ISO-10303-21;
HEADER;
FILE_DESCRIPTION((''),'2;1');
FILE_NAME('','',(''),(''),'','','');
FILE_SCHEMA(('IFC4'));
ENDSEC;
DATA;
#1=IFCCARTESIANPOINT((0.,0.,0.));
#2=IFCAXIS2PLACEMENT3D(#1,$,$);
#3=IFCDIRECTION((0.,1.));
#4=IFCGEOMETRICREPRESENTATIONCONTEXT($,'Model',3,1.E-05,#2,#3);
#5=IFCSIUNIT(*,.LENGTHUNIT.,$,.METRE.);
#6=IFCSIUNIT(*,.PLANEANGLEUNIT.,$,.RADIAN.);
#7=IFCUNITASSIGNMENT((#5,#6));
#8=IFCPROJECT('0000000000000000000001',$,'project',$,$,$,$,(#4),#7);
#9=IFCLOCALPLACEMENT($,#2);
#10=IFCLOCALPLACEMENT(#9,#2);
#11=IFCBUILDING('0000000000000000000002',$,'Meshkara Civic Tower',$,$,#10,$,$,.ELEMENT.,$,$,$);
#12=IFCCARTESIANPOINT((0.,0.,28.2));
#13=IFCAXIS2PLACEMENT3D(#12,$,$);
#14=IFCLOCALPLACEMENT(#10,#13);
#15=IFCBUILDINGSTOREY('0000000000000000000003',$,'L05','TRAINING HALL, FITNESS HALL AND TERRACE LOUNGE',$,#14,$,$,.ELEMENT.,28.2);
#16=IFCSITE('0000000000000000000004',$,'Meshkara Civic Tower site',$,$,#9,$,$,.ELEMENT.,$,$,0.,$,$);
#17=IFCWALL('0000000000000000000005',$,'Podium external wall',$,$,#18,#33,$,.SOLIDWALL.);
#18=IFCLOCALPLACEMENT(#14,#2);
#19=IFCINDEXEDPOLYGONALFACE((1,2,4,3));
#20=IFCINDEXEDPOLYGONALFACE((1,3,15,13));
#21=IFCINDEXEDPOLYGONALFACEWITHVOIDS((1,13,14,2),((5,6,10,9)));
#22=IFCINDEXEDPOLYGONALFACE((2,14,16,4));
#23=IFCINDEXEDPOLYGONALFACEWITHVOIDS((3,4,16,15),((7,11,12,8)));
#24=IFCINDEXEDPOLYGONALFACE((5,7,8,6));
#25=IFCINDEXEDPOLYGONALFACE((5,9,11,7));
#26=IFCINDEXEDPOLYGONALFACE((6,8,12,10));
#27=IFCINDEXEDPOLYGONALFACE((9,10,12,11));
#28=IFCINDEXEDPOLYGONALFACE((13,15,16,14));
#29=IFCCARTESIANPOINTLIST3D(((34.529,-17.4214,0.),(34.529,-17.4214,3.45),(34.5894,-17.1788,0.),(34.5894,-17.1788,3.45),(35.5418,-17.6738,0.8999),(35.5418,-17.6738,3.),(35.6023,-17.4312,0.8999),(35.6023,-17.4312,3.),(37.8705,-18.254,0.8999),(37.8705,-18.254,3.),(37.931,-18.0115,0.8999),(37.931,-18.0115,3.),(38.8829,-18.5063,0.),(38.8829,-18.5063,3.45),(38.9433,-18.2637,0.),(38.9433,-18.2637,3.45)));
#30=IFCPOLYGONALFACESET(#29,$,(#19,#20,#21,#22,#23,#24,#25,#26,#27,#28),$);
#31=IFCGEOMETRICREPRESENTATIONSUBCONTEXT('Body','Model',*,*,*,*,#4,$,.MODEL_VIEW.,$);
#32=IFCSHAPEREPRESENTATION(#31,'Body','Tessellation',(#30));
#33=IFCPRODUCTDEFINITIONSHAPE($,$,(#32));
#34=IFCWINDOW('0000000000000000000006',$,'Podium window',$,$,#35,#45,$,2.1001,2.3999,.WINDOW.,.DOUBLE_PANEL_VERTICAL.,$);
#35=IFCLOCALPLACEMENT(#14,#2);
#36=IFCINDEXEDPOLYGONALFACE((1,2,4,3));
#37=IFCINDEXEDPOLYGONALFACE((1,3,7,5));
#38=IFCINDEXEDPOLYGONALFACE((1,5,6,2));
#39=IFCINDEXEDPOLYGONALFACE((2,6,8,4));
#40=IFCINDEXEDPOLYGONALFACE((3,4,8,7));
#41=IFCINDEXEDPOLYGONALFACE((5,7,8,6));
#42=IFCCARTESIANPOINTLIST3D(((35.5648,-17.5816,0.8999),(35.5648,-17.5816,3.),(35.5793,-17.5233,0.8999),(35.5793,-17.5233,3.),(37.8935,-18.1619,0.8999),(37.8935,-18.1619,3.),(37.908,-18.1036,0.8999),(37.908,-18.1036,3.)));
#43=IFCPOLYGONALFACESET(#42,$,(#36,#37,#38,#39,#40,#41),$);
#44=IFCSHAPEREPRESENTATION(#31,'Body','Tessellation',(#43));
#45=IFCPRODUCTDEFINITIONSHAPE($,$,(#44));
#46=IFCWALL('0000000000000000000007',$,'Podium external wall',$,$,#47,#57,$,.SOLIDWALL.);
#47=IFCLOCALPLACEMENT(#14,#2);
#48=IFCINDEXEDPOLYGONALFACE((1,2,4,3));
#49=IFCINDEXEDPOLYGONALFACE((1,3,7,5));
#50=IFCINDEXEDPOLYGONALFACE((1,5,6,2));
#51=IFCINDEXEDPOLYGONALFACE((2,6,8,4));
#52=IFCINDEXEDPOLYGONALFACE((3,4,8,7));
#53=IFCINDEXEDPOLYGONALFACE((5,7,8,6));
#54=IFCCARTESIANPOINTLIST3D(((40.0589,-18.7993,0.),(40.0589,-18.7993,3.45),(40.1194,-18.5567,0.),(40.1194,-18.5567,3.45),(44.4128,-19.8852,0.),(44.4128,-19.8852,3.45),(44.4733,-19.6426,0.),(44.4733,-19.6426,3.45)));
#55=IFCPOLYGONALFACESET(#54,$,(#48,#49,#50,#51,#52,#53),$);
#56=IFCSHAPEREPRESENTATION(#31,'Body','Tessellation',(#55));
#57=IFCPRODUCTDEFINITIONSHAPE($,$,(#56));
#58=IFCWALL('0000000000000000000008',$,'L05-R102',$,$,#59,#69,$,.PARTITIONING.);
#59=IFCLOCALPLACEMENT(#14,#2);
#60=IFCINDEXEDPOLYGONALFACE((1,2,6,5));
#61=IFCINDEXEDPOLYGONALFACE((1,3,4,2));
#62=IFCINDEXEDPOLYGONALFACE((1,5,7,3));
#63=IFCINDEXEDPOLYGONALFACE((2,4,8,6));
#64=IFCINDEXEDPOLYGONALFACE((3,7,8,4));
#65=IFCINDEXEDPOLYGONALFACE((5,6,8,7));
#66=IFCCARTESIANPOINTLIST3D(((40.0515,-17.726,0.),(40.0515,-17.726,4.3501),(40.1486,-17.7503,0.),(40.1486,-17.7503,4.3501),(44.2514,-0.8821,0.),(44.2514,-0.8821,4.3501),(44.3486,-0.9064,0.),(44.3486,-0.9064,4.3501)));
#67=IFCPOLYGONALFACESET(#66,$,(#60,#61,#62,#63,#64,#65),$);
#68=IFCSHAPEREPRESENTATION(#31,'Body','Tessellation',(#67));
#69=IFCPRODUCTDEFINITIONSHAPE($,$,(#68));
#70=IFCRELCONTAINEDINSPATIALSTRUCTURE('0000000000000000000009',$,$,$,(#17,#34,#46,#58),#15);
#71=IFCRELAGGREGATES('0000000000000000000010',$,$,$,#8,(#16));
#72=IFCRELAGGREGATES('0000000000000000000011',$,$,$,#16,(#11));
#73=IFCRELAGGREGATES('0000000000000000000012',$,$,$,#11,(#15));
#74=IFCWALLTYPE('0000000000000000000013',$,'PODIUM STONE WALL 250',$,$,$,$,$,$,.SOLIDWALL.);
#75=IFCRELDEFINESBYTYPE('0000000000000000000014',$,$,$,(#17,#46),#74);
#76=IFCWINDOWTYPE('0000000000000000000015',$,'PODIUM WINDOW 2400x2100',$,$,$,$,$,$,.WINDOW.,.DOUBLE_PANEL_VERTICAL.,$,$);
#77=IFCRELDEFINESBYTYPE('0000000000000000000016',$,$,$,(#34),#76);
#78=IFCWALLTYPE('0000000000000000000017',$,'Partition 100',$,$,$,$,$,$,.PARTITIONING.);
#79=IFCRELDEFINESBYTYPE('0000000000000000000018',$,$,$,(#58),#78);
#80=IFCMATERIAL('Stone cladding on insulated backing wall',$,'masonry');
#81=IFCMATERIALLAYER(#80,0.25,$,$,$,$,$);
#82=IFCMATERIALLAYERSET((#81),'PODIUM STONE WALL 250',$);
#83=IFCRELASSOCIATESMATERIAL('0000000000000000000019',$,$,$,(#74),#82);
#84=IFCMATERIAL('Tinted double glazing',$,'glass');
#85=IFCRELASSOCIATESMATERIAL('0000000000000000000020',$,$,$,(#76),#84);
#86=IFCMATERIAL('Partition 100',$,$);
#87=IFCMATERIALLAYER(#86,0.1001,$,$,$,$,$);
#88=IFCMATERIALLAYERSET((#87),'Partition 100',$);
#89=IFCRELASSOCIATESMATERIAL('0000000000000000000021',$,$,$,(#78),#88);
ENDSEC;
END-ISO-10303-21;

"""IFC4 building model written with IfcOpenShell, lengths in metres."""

from ifc_helpers import new_model, si_unit, direction, frame, frame_2d, origin, place, context, subcontext, project, spatial, rectangle, extrude, material, layer, layer_set, type_object, element, fill, save


model = new_model("IFC4")

# Units and contexts
model_context = context("Model", 3, precision=1e-05, world=origin(), true_north=direction((0.0, 1.0)))
body_context = subcontext(model_context, "Body", "Model", "MODEL_VIEW")
ifc_project = project(units=[si_unit("LENGTHUNIT", "METRE"), si_unit("PLANEANGLEUNIT", "RADIAN")], contexts=[model_context])

# Site, building, storey
site_placement = place(None, origin())
site = spatial("IfcSite", under=ifc_project, at=site_placement, Name="Meshkara Civic Tower site", CompositionType="ELEMENT", RefElevation=0.0)
building_placement = place(site_placement, origin())
building = spatial("IfcBuilding", under=site, at=building_placement, Name="Meshkara Civic Tower", CompositionType="ELEMENT")
storey_placement = place(building_placement, frame((0.0, 0.0, 28.2)))
storey = spatial("IfcBuildingStorey", under=building, at=storey_placement, Name="L05", Description="TRAINING HALL, FITNESS HALL AND TERRACE LOUNGE", CompositionType="ELEMENT", Elevation=28.2)

# Shared definitions
ifc_material_1 = material(Name="Stone cladding on insulated backing wall", Category="masonry")
ifc_layer_1 = layer(ifc_material_1, 0.25)
ifc_layer_set_1 = layer_set([ifc_layer_1], Name="PODIUM STONE WALL 250")
wall_type_1 = type_object("IfcWallType", Name="PODIUM STONE WALL 250", PredefinedType="SOLIDWALL", material=ifc_layer_set_1)

# Wall, opening, window
wall_1_placement = place(storey_placement, frame((34.5591, -17.3, 0.0), z_axis=(0.0, 0.0, 1.0), x_axis=(0.970328, -0.241793, 0.0)))
wall_1 = element("IfcWall", 1, at=wall_1_placement, inside=storey, type_object=wall_type_1, Name="Podium external wall", PredefinedType="SOLIDWALL", context=body_context, shape_type="SweptSolid", body=[
    extrude(rectangle(XDim=4.4871, YDim=0.25, at=frame_2d((2.2437, 0.0))), origin(), (0.0, 0.0, 1.0), 3.45),
])
opening_placement = place(wall_1_placement, frame((1.0439, 0.0, 0.8999)))
opening = element("IfcOpeningElement", 2, at=opening_placement, cuts=wall_1, PredefinedType="OPENING", context=body_context, shape_type="SweptSolid", body=[
    extrude(rectangle(XDim=2.3999, YDim=2.1001, at=frame_2d((1.2, 1.05))), frame((0.0, 0.135, 0.0), z_axis=(0.0, -1.0, 0.0), x_axis=(1.0, 0.0, 0.0)), (0.0, 0.0, 1.0), 0.27),
])
ifc_material_2 = material(Name="Tinted double glazing", Category="glass")
window_type = type_object("IfcWindowType", Name="PODIUM WINDOW 2400x2100", PartitioningType="DOUBLE_PANEL_VERTICAL", PredefinedType="WINDOW", material=ifc_material_2)
window_placement = place(opening_placement, origin())
window = element("IfcWindow", 3, at=window_placement, inside=storey, type_object=window_type, Name="Podium window", OverallHeight=2.1001, OverallWidth=2.3999, PartitioningType="DOUBLE_PANEL_VERTICAL", PredefinedType="WINDOW", context=body_context, shape_type="SweptSolid", body=[
    extrude(rectangle(XDim=2.3999, YDim=2.1001, at=frame_2d((1.2, 1.05))), frame((0.0, 0.03, 0.0), z_axis=(0.0, -1.0, 0.0), x_axis=(1.0, 0.0, 0.0)), (0.0, 0.0, 1.0), 0.0601),
])
fill(opening, window)

# Walls
wall_2_placement = place(storey_placement, frame((40.0891, -18.678, 0.0), z_axis=(0.0, 0.0, 1.0), x_axis=(0.970277, -0.241998, 0.0)))
element("IfcWall", 4, at=wall_2_placement, inside=storey, type_object=wall_type_1, Name="Podium external wall", PredefinedType="SOLIDWALL", context=body_context, shape_type="SweptSolid", body=[
    extrude(rectangle(XDim=4.4873, YDim=0.25, at=frame_2d((2.2437, 0.0))), origin(), (0.0, 0.0, 1.0), 3.45),
])
ifc_material_3 = material(Name="Partition 100")
ifc_layer_2 = layer(ifc_material_3, 0.1001)
ifc_layer_set_2 = layer_set([ifc_layer_2], Name="Partition 100")
wall_type_2 = type_object("IfcWallType", Name="Partition 100", PredefinedType="PARTITIONING", material=ifc_layer_set_2)
wall_3_placement = place(storey_placement, frame((40.1001, -17.738, 0.0), z_axis=(0.0, 0.0, 1.0), x_axis=(0.241937, 0.970292, 0.0)))
element("IfcWall", 5, at=wall_3_placement, inside=storey, type_object=wall_type_2, Name="L05-R102", PredefinedType="PARTITIONING", context=body_context, shape_type="SweptSolid", body=[
    extrude(rectangle(XDim=17.3596, YDim=0.1001, at=frame_2d((8.6797, 0.0))), origin(), (0.0, 0.0, 1.0), 4.3501),
])

save(model, "model.ifc")
